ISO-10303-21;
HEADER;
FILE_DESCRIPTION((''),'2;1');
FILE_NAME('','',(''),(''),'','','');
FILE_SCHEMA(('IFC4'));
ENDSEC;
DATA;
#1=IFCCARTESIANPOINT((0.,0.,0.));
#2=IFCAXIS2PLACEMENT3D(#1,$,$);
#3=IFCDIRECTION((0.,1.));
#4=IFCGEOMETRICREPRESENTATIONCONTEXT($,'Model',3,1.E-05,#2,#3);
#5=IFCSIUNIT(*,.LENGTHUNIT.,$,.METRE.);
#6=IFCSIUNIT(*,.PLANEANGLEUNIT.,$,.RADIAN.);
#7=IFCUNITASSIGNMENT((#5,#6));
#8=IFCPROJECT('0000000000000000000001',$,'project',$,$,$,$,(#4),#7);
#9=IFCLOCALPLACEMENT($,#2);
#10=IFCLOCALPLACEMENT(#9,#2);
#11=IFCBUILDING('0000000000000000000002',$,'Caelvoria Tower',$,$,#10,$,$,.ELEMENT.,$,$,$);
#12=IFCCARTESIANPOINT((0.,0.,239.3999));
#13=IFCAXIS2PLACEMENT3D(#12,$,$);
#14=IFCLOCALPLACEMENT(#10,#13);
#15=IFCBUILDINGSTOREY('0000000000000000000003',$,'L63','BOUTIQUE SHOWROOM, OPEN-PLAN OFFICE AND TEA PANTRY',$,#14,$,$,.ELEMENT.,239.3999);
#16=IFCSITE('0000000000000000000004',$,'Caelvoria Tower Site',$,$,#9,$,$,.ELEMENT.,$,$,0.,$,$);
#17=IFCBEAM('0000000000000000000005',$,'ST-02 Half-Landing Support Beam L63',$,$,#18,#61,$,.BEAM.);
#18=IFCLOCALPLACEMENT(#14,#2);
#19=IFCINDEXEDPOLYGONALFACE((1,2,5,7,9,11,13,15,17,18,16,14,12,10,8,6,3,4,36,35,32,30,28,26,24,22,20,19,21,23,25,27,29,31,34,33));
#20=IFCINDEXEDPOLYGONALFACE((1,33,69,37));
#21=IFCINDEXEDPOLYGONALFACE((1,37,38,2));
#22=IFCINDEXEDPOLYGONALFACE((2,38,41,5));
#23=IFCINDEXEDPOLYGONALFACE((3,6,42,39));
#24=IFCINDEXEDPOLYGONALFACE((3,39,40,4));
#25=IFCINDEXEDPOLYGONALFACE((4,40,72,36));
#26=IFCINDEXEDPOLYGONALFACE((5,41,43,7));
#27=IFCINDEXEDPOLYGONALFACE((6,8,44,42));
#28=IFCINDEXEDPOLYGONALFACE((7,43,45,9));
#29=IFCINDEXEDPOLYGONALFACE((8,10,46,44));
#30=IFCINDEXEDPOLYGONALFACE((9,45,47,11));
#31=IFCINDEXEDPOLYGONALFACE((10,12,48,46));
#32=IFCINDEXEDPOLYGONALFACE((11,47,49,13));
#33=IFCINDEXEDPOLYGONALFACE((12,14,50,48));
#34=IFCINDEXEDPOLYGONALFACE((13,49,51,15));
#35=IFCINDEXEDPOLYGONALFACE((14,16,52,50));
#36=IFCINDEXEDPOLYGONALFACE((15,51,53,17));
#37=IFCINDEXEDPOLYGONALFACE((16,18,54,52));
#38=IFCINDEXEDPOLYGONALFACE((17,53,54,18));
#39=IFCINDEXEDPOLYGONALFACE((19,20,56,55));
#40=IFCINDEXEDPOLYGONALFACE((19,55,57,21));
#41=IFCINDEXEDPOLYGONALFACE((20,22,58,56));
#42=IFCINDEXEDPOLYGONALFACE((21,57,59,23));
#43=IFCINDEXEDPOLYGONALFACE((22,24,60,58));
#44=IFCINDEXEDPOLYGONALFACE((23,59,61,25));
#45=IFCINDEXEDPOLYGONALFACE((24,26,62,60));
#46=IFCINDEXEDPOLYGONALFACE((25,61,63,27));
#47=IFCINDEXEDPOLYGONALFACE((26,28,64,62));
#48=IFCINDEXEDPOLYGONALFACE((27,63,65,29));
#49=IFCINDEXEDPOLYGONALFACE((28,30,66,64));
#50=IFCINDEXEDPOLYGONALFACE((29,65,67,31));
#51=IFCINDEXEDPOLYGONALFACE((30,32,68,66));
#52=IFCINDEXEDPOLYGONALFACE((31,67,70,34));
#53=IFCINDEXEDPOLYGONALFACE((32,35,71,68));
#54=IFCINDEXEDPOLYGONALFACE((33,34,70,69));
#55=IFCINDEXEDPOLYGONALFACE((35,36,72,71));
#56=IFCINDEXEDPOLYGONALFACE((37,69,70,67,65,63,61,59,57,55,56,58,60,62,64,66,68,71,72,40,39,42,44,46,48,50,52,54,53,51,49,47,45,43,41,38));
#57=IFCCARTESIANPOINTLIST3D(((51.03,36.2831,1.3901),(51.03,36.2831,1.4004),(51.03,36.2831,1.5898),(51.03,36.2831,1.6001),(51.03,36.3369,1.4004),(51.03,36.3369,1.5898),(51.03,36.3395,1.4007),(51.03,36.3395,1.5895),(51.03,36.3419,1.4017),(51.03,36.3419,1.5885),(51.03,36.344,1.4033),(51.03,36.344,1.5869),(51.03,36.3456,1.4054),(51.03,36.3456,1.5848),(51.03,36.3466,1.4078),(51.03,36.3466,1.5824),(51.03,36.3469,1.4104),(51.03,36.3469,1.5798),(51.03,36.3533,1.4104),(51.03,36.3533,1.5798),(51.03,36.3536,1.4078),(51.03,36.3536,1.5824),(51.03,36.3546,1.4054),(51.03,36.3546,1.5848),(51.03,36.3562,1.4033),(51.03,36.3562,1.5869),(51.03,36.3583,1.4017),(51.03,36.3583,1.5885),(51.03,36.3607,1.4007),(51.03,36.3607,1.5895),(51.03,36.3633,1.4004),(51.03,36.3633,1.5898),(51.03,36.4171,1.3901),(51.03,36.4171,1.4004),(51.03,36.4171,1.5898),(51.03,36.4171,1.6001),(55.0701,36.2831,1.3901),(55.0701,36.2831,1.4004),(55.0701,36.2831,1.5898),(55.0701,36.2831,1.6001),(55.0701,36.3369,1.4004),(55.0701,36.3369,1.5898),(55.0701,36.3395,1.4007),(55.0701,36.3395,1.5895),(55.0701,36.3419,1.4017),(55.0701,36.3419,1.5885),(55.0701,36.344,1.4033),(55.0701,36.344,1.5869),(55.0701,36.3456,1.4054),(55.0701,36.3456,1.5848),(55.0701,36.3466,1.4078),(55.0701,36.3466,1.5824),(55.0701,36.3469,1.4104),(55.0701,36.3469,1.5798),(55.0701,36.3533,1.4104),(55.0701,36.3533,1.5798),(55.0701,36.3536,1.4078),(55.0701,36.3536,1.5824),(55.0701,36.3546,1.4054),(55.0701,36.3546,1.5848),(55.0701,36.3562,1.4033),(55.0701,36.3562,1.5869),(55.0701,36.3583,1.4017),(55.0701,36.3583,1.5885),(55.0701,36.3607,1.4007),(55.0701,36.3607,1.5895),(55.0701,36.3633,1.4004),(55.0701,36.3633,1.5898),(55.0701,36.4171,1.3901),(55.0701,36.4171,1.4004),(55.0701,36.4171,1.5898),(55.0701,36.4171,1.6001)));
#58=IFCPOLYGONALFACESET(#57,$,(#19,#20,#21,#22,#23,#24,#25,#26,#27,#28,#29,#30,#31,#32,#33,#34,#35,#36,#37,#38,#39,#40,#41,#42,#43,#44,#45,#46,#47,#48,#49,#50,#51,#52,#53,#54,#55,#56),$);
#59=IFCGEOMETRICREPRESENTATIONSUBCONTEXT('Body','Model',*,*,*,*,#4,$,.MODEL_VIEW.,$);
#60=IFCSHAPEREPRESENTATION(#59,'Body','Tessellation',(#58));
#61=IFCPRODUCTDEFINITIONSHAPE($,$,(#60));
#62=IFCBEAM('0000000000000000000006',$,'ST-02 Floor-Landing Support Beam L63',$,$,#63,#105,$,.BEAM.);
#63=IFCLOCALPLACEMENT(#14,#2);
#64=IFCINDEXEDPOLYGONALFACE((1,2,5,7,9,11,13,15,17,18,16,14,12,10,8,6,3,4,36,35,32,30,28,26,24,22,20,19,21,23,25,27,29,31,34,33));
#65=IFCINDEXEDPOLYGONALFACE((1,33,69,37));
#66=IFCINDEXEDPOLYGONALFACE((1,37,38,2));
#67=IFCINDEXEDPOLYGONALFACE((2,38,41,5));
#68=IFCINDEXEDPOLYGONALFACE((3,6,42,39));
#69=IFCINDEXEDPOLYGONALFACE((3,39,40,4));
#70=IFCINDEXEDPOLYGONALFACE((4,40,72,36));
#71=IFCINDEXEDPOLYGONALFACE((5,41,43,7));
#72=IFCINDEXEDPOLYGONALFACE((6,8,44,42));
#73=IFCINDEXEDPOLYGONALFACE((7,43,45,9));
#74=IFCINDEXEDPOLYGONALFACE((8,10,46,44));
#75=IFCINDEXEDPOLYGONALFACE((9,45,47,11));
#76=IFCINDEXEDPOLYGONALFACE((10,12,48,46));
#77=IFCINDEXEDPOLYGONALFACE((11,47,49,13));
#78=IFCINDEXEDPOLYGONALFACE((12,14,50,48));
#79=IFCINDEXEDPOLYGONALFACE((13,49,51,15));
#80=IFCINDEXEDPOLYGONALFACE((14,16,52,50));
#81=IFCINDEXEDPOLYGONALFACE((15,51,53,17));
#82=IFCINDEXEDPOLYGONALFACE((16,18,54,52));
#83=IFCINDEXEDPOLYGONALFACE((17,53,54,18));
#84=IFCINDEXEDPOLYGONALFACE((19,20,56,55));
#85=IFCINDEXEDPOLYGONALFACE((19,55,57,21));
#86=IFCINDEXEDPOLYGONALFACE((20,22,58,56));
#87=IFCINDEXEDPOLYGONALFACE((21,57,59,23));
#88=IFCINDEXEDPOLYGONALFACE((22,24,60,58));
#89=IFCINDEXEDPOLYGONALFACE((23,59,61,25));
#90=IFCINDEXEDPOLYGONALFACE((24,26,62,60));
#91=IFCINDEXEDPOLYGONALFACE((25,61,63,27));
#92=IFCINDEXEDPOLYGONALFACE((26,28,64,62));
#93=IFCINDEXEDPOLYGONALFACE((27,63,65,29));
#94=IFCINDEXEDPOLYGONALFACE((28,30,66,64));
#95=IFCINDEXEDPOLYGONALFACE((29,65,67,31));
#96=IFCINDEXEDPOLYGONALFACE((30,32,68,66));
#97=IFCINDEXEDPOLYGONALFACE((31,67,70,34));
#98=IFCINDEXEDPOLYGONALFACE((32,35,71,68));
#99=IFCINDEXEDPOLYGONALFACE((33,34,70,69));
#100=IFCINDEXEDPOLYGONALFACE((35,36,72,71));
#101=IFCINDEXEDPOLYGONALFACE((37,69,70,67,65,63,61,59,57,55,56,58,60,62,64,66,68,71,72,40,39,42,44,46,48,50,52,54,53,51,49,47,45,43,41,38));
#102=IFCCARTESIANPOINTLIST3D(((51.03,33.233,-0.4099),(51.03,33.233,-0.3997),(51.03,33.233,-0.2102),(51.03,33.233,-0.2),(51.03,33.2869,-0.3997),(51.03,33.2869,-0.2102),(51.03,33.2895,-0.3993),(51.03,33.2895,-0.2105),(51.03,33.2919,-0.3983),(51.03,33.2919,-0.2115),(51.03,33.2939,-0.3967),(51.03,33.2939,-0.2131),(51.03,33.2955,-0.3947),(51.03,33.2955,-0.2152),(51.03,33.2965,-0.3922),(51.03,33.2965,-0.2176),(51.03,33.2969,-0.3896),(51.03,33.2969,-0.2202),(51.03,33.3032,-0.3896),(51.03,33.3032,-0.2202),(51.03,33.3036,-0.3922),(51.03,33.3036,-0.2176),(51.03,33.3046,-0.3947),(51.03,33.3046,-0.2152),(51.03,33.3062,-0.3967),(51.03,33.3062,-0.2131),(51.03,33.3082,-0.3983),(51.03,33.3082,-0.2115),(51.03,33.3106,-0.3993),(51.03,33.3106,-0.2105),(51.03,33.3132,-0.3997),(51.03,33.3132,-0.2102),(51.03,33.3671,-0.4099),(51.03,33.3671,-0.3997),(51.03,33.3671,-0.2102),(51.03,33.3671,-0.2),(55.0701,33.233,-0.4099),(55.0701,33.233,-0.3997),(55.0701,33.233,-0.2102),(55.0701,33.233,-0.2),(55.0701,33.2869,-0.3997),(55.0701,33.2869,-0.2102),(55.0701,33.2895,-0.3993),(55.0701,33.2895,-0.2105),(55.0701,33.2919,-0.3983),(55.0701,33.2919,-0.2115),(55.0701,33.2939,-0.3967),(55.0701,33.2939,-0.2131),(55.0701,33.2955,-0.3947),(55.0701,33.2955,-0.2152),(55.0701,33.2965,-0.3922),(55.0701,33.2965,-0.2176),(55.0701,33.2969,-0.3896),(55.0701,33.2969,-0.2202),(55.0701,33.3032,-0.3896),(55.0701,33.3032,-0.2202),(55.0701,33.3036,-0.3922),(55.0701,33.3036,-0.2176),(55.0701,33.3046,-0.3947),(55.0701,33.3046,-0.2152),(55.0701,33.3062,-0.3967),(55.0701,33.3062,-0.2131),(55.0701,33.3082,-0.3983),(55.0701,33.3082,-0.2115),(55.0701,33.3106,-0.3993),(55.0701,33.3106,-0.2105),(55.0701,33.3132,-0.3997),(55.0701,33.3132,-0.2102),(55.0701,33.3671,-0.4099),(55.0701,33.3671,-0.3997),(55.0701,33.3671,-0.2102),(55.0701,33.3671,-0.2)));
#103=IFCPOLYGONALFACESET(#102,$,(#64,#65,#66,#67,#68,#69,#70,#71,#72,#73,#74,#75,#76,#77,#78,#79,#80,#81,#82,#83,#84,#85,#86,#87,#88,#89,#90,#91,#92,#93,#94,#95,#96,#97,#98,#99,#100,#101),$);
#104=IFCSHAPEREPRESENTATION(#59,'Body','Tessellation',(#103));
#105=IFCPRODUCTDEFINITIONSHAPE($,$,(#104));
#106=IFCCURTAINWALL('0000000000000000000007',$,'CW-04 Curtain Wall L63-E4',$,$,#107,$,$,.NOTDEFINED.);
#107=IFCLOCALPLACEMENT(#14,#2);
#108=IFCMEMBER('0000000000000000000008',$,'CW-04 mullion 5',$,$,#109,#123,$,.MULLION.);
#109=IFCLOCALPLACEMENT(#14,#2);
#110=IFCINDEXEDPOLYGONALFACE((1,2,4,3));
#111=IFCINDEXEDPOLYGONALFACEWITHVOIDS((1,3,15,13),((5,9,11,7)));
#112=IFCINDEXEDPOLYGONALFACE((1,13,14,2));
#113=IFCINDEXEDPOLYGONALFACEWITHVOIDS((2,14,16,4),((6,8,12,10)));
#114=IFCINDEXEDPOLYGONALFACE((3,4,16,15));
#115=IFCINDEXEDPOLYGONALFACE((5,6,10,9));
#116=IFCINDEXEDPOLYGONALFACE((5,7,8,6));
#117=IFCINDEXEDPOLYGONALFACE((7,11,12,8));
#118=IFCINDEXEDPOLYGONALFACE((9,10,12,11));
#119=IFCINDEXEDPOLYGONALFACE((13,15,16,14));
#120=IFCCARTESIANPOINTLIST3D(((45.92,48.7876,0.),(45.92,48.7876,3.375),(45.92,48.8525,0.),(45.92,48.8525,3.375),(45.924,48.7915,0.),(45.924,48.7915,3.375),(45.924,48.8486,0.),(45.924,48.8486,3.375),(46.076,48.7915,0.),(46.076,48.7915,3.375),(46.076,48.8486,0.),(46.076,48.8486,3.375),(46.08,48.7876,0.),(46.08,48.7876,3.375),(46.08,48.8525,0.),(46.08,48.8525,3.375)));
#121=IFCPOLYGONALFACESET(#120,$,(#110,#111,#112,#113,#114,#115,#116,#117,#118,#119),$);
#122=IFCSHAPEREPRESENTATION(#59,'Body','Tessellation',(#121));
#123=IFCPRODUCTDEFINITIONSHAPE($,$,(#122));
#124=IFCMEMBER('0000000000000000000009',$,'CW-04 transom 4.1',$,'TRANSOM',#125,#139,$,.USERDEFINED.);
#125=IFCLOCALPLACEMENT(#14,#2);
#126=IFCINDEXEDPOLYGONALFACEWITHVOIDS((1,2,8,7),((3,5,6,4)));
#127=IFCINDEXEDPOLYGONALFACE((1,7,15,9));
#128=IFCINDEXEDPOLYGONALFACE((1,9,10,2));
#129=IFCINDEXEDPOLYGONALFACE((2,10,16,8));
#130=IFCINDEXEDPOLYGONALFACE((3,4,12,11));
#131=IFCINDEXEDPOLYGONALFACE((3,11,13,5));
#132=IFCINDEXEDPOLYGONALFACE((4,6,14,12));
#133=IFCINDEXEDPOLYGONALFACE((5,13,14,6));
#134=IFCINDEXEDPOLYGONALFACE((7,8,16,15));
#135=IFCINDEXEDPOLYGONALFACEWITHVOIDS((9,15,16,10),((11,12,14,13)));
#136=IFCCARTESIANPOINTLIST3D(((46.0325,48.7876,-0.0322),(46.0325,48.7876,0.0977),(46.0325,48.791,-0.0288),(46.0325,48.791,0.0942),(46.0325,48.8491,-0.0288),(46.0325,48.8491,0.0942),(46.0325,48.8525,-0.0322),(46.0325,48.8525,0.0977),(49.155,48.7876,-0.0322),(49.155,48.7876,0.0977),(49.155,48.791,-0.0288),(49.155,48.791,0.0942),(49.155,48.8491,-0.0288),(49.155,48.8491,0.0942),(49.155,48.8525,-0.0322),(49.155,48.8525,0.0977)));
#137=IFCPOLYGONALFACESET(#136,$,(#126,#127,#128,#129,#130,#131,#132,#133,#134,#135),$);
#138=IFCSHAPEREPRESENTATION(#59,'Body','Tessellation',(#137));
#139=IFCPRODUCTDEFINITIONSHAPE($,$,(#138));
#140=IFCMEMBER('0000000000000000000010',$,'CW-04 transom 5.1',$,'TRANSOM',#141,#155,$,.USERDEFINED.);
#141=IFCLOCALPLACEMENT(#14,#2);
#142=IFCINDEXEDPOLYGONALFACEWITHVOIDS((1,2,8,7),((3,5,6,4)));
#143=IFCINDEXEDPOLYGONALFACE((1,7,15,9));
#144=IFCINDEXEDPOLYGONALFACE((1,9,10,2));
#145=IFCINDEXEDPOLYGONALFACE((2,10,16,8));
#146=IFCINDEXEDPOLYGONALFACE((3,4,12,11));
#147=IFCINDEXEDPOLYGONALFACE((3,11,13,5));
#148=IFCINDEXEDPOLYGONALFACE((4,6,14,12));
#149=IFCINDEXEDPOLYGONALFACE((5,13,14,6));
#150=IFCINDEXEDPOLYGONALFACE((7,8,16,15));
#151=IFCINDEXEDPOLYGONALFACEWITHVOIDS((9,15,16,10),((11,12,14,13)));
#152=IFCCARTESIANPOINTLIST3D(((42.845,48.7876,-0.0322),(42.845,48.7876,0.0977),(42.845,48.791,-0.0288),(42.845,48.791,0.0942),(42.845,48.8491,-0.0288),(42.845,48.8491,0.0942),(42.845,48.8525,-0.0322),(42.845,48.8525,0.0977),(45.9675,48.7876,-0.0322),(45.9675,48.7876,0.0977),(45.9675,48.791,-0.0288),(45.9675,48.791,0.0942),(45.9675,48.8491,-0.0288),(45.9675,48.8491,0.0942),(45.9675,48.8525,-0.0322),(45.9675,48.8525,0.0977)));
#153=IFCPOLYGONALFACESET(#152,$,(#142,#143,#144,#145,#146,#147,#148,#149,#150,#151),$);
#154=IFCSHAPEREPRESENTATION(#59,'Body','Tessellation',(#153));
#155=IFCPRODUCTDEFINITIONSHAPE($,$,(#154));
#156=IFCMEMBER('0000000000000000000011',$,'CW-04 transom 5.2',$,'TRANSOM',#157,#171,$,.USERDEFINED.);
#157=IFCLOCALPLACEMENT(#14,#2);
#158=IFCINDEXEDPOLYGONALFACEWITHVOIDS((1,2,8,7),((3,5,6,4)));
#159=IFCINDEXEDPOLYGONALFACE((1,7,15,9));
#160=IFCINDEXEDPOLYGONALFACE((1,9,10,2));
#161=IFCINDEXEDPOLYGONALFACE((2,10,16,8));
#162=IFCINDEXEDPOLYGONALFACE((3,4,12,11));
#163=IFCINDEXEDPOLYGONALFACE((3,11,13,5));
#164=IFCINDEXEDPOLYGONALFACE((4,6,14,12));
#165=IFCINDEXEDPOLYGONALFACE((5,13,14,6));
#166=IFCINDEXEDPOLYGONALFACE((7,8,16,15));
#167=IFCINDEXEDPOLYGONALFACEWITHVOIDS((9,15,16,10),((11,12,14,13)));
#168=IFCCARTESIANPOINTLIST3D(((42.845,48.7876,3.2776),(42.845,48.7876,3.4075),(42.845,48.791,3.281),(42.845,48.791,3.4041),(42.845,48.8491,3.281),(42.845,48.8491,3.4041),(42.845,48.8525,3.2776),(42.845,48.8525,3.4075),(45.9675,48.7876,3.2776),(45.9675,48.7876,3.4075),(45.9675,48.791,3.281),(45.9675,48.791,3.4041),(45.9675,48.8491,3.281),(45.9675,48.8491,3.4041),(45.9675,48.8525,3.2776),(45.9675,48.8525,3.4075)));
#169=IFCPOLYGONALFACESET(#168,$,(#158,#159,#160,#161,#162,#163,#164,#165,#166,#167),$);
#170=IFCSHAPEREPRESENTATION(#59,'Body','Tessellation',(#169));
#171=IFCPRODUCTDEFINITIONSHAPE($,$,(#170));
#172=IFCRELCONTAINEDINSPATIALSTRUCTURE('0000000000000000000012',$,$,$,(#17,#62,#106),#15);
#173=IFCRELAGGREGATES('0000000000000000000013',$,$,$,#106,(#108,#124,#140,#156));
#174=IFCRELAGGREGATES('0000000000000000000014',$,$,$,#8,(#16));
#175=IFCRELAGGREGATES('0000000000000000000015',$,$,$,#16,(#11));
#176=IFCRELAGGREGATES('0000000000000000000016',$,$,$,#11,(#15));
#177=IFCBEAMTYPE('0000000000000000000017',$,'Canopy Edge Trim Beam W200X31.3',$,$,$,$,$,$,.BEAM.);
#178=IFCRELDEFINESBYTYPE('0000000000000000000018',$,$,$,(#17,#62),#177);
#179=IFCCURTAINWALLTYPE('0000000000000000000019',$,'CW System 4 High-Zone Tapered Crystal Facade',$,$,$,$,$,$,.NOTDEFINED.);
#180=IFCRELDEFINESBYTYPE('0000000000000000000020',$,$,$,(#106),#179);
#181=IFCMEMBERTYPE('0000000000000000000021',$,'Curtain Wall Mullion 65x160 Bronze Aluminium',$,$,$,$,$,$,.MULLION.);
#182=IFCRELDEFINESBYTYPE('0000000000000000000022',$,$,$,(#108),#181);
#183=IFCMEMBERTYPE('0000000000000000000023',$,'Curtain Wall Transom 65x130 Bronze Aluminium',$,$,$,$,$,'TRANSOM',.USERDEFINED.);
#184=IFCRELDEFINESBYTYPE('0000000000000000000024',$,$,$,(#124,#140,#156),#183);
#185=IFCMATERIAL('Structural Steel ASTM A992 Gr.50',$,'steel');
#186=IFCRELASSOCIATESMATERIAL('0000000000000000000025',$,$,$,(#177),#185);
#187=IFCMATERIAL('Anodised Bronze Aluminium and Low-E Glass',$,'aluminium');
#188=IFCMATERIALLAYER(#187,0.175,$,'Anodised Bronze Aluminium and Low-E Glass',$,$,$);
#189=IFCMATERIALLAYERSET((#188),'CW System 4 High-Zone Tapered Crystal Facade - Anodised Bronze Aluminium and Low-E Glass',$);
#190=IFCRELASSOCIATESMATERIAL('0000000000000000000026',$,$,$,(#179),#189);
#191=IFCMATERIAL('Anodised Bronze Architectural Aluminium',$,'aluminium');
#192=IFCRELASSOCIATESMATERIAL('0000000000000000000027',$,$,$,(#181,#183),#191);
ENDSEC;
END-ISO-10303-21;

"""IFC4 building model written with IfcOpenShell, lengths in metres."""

from ifc_helpers import new_model, si_unit, direction, frame, origin, origin_2d, place, context, subcontext, project, spatial, hollow_rectangle, i_section, extrude, material, layer, layer_set, material_profile, profile_set, type_object, element, aggregate, save


model = new_model("IFC4")

# Units and contexts
model_context = context("Model", 3, precision=1e-05, world=origin(), true_north=direction((0.0, 1.0)))
body_context = subcontext(model_context, "Body", "Model", "MODEL_VIEW")
ifc_project = project(units=[si_unit("LENGTHUNIT", "METRE"), si_unit("PLANEANGLEUNIT", "RADIAN")], contexts=[model_context])

# Site, building, storey
site_placement = place(None, origin())
site = spatial("IfcSite", under=ifc_project, at=site_placement, Name="Caelvoria Tower Site", CompositionType="ELEMENT", RefElevation=0.0)
building_placement = place(site_placement, origin())
building = spatial("IfcBuilding", under=site, at=building_placement, Name="Caelvoria Tower", CompositionType="ELEMENT")
storey_placement = place(building_placement, frame((0.0, 0.0, 239.3999)))
storey = spatial("IfcBuildingStorey", under=building, at=storey_placement, Name="L63", Description="BOUTIQUE SHOWROOM, OPEN-PLAN OFFICE AND TEA PANTRY", CompositionType="ELEMENT", Elevation=239.3999)

# Beams
ifc_material_1 = material(Name="Structural Steel ASTM A992 Gr.50", Category="steel")
ifc_material_profile_1 = material_profile(ifc_material_1, i_section(OverallWidth=0.134, OverallDepth=0.21, WebThickness=0.0063, FlangeThickness=0.0103, FilletRadius=0.01, at=origin_2d()), Name="Structural Steel ASTM A992 Gr.50")
ifc_profile_set_1 = profile_set([ifc_material_profile_1], Name="W200X31.3 - Structural Steel ASTM A992 Gr.50")
beam_type_1 = type_object("IfcBeamType", Name="Canopy Edge Trim Beam W200X31.3", PredefinedType="BEAM", material=ifc_profile_set_1)
for number, where, z_axis, x_axis, name in (
    (1, (51.03, 36.3501, 1.4951), (1.0, 0.0, 0.0), (0.0, 1.0, 0.0), "ST-02 Half-Landing Support Beam L63"),
    (2, (51.03, 33.3, -0.3049), (1.0, 0.0, 0.0), (0.0, 1.0, 0.0), "ST-02 Floor-Landing Support Beam L63"),
):
    element("IfcBeam", number, at=place(storey_placement, frame(where, z_axis=z_axis, x_axis=x_axis)), inside=storey, type_object=beam_type_1, Name=name, PredefinedType="BEAM", context=body_context, shape_type="SweptSolid", body=[
        extrude(i_section(OverallWidth=0.134, OverallDepth=0.21, WebThickness=0.0063, FlangeThickness=0.0103, FilletRadius=0.01, at=origin_2d()), origin(), (0.0, 0.0, 1.0), 4.04),
    ])

# Curtain wall, members
ifc_material_2 = material(Name="Anodised Bronze Aluminium and Low-E Glass", Category="aluminium")
ifc_layer_1 = layer(ifc_material_2, 0.175, Name="Anodised Bronze Aluminium and Low-E Glass")
ifc_layer_set_1 = layer_set([ifc_layer_1], Name="CW System 4 High-Zone Tapered Crystal Facade - Anodised Bronze Aluminium and Low-E Glass")
curtain_wall_type = type_object("IfcCurtainWallType", Name="CW System 4 High-Zone Tapered Crystal Facade", PredefinedType="NOTDEFINED", material=ifc_layer_set_1)
curtain_wall_placement = place(storey_placement, origin())
curtain_wall = element("IfcCurtainWall", 3, at=curtain_wall_placement, inside=storey, type_object=curtain_wall_type, Name="CW-04 Curtain Wall L63-E4", PredefinedType="NOTDEFINED")
ifc_material_3 = material(Name="Anodised Bronze Architectural Aluminium", Category="aluminium")
ifc_material_profile_2 = material_profile(ifc_material_3, hollow_rectangle(XDim=0.0649, YDim=0.1599, WallThickness=0.0039, at=origin_2d()), Name="Anodised Bronze Architectural Aluminium")
ifc_profile_set_2 = profile_set([ifc_material_profile_2], Name="CW_MULL_65X160 - Anodised Bronze Architectural Aluminium")
member_type_1 = type_object("IfcMemberType", Name="Curtain Wall Mullion 65x160 Bronze Aluminium", PredefinedType="MULLION", material=ifc_profile_set_2)
member_1_placement = place(storey_placement, frame((46.0, 48.8201, 0.0), z_axis=(0.0, 0.0, 1.0), x_axis=(0.0, -1.0, 0.0)))
member_1 = element("IfcMember", 4, at=member_1_placement, type_object=member_type_1, Name="CW-04 mullion 5", PredefinedType="MULLION", context=body_context, shape_type="SweptSolid", body=[
    extrude(hollow_rectangle(XDim=0.0649, YDim=0.1599, WallThickness=0.0039, at=origin_2d()), origin(), (0.0, 0.0, 1.0), 3.375),
])
ifc_material_profile_3 = material_profile(ifc_material_3, hollow_rectangle(XDim=0.0649, YDim=0.1299, WallThickness=0.0034, at=origin_2d()), Name="Anodised Bronze Architectural Aluminium")
ifc_profile_set_3 = profile_set([ifc_material_profile_3], Name="CW_TRAN_65X130 - Anodised Bronze Architectural Aluminium")
member_type_2 = type_object("IfcMemberType", Name="Curtain Wall Transom 65x130 Bronze Aluminium", ElementType="TRANSOM", PredefinedType="USERDEFINED", material=ifc_profile_set_3)
member_2_placement = place(storey_placement, frame((49.155, 48.8201, 0.0327), z_axis=(-1.0, 0.0, 0.0), x_axis=(0.0, -1.0, 0.0)))
member_2 = element("IfcMember", 5, at=member_2_placement, type_object=member_type_2, Name="CW-04 transom 4.1", ObjectType="TRANSOM", PredefinedType="USERDEFINED", context=body_context, shape_type="SweptSolid", body=[
    extrude(hollow_rectangle(XDim=0.0649, YDim=0.1299, WallThickness=0.0034, at=origin_2d()), origin(), (0.0, 0.0, 1.0), 3.1226),
])
member_3_placement = place(storey_placement, frame((45.9675, 48.8201, 0.0327), z_axis=(-1.0, 0.0, 0.0), x_axis=(0.0, -1.0, 0.0)))
member_3 = element("IfcMember", 6, at=member_3_placement, type_object=member_type_2, Name="CW-04 transom 5.1", ObjectType="TRANSOM", PredefinedType="USERDEFINED", context=body_context, shape_type="SweptSolid", body=[
    extrude(hollow_rectangle(XDim=0.0649, YDim=0.1299, WallThickness=0.0034, at=origin_2d()), origin(), (0.0, 0.0, 1.0), 3.1226),
])
member_4_placement = place(storey_placement, frame((45.9675, 48.8201, 3.3425), z_axis=(-1.0, 0.0, 0.0), x_axis=(0.0, -1.0, 0.0)))
member_4 = element("IfcMember", 7, at=member_4_placement, type_object=member_type_2, Name="CW-04 transom 5.2", ObjectType="TRANSOM", PredefinedType="USERDEFINED", context=body_context, shape_type="SweptSolid", body=[
    extrude(hollow_rectangle(XDim=0.0649, YDim=0.1299, WallThickness=0.0034, at=origin_2d()), origin(), (0.0, 0.0, 1.0), 3.1226),
])

aggregate(curtain_wall, [member_1, member_2, member_3, member_4])

save(model, "model.ifc")
